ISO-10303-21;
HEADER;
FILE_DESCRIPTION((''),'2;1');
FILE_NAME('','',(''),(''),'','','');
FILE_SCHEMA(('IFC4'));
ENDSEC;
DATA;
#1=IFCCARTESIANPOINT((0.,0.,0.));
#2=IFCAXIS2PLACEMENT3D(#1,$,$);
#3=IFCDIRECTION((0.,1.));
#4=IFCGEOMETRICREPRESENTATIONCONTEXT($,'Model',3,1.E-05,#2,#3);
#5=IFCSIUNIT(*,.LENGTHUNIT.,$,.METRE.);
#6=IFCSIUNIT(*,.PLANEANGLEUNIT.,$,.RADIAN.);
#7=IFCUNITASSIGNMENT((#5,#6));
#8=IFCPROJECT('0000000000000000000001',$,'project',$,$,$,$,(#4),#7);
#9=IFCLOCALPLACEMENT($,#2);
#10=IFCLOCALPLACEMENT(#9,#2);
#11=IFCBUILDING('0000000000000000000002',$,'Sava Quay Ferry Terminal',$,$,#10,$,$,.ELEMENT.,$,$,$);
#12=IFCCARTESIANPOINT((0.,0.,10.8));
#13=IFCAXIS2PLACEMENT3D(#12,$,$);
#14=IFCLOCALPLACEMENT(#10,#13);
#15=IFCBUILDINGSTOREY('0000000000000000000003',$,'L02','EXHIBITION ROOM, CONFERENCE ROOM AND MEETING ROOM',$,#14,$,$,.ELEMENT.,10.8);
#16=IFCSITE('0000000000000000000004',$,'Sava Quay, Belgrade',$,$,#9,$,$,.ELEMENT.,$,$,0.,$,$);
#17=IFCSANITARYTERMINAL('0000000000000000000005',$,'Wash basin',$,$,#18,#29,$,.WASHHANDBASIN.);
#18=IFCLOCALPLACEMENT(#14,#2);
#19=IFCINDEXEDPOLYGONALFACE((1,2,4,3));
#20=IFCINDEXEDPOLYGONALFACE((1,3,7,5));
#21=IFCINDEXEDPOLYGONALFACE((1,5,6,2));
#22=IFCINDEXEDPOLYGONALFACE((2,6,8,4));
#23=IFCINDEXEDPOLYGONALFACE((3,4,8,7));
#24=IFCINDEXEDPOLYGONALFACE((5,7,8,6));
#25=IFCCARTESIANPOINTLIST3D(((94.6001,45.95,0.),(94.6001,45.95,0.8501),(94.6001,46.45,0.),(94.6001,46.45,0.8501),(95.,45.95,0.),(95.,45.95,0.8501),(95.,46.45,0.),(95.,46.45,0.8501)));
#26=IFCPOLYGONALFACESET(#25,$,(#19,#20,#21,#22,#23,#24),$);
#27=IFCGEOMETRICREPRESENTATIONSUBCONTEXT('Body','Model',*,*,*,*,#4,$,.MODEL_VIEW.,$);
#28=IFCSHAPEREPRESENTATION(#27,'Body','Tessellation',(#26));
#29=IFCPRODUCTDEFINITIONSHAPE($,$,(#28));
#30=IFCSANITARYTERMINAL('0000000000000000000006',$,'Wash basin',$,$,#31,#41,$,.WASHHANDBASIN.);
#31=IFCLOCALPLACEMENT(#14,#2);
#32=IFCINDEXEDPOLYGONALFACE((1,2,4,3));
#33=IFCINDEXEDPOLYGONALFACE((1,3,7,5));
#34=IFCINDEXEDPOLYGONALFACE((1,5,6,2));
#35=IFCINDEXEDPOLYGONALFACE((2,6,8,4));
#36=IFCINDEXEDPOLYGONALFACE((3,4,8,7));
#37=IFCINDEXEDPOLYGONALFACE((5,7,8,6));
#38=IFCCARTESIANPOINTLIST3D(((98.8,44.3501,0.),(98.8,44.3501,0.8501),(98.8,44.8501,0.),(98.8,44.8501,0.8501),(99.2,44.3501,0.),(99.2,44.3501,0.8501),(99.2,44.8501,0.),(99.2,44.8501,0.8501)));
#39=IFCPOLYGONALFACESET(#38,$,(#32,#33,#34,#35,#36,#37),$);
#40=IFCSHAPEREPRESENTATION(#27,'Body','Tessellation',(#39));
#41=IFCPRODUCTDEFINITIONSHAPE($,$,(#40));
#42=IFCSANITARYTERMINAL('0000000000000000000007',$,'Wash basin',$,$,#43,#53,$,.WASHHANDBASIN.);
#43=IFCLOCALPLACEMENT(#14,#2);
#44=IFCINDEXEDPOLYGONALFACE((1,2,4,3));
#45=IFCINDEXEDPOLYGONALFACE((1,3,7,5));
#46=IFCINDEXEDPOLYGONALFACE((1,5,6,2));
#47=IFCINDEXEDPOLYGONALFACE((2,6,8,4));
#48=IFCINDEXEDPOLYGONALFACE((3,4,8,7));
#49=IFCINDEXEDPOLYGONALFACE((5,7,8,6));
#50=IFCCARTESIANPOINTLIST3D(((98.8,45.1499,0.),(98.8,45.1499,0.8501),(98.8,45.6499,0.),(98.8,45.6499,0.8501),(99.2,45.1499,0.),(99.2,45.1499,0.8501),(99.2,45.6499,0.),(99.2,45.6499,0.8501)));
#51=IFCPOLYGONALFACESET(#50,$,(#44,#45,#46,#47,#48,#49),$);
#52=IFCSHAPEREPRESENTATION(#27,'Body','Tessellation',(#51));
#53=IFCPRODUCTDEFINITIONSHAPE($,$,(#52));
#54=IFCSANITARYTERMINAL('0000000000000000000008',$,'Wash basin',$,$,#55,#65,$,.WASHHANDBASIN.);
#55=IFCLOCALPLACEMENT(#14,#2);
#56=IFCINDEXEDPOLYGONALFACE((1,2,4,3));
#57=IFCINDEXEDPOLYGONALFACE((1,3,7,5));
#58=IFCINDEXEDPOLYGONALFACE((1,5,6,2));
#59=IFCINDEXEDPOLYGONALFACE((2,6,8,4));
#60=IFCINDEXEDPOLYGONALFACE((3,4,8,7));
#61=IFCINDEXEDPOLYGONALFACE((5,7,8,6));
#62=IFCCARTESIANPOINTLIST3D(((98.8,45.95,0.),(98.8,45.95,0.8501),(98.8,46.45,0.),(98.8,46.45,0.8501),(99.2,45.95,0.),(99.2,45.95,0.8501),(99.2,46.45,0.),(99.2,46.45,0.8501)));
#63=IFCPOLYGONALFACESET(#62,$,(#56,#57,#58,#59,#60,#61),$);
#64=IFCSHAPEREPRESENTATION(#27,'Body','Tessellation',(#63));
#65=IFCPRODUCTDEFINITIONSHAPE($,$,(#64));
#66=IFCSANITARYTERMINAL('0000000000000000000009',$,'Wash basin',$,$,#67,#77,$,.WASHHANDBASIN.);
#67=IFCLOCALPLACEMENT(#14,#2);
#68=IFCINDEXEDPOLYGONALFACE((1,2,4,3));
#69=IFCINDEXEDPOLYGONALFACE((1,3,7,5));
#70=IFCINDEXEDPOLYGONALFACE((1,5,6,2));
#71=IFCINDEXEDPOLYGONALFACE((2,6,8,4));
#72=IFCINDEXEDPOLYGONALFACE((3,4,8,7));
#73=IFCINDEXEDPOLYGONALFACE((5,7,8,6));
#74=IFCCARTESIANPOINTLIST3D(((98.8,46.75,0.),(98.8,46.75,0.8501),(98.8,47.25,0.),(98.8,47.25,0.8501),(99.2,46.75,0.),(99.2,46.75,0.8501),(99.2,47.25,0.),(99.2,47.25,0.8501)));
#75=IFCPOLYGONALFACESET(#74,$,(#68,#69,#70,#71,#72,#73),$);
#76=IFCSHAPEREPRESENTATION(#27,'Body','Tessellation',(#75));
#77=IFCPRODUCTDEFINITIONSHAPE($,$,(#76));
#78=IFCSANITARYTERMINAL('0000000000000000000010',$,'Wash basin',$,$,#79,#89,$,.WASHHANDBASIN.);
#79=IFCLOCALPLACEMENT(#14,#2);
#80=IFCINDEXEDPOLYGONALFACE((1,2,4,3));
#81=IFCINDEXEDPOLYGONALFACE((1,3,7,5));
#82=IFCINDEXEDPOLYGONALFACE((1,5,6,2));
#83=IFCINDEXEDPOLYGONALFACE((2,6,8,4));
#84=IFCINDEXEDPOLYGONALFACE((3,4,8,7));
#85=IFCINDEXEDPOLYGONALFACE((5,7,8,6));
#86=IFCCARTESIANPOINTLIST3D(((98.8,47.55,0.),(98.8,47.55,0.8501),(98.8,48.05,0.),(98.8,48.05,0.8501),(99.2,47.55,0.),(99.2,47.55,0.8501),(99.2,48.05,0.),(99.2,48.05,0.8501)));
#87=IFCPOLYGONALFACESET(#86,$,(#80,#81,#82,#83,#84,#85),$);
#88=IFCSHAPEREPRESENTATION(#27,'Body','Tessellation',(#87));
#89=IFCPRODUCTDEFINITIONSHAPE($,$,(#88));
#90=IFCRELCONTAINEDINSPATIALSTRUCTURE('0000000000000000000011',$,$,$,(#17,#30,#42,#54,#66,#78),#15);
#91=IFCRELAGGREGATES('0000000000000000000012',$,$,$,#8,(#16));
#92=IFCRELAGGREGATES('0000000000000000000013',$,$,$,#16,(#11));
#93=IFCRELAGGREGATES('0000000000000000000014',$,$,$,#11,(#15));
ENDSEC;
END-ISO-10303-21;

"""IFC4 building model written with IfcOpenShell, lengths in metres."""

from ifc_helpers import new_model, si_unit, direction, frame, origin, origin_2d, place, context, subcontext, project, spatial, rectangle, extrude, element, save


model = new_model("IFC4")

# Units and contexts
model_context = context("Model", 3, precision=1e-05, world=origin(), true_north=direction((0.0, 1.0)))
body_context = subcontext(model_context, "Body", "Model", "MODEL_VIEW")
ifc_project = project(units=[si_unit("LENGTHUNIT", "METRE"), si_unit("PLANEANGLEUNIT", "RADIAN")], contexts=[model_context])

# Site, building, storey
site_placement = place(None, origin())
site = spatial("IfcSite", under=ifc_project, at=site_placement, Name="Sava Quay, Belgrade", CompositionType="ELEMENT", RefElevation=0.0)
building_placement = place(site_placement, origin())
building = spatial("IfcBuilding", under=site, at=building_placement, Name="Sava Quay Ferry Terminal", CompositionType="ELEMENT")
storey_placement = place(building_placement, frame((0.0, 0.0, 10.8)))
storey = spatial("IfcBuildingStorey", under=building, at=storey_placement, Name="L02", Description="EXHIBITION ROOM, CONFERENCE ROOM AND MEETING ROOM", CompositionType="ELEMENT", Elevation=10.8)

# Sanitary terminals
for number, where, z_axis, x_axis, name in (
    (1, (94.8, 46.2, 0.0), (0.0, 0.0, 1.0), (1.0, 0.0, 0.0), "Wash basin"),
    (2, (99.0, 44.6001, 0.0), (0.0, 0.0, 1.0), (1.0, 0.0, 0.0), "Wash basin"),
    (3, (99.0, 45.3999, 0.0), (0.0, 0.0, 1.0), (1.0, 0.0, 0.0), "Wash basin"),
    (4, (99.0, 46.2, 0.0), (0.0, 0.0, 1.0), (1.0, 0.0, 0.0), "Wash basin"),
    (5, (99.0, 47.0, 0.0), (0.0, 0.0, 1.0), (1.0, 0.0, 0.0), "Wash basin"),
    (6, (99.0, 47.8, 0.0), (0.0, 0.0, 1.0), (1.0, 0.0, 0.0), "Wash basin"),
):
    element("IfcSanitaryTerminal", number, at=place(storey_placement, frame(where, z_axis=z_axis, x_axis=x_axis)), inside=storey, Name=name, PredefinedType="WASHHANDBASIN", context=body_context, shape_type="SweptSolid", body=[
        extrude(rectangle(XDim=0.3999, YDim=0.5, at=origin_2d()), origin(), (0.0, 0.0, 1.0), 0.8501),
    ])

save(model, "model.ifc")
